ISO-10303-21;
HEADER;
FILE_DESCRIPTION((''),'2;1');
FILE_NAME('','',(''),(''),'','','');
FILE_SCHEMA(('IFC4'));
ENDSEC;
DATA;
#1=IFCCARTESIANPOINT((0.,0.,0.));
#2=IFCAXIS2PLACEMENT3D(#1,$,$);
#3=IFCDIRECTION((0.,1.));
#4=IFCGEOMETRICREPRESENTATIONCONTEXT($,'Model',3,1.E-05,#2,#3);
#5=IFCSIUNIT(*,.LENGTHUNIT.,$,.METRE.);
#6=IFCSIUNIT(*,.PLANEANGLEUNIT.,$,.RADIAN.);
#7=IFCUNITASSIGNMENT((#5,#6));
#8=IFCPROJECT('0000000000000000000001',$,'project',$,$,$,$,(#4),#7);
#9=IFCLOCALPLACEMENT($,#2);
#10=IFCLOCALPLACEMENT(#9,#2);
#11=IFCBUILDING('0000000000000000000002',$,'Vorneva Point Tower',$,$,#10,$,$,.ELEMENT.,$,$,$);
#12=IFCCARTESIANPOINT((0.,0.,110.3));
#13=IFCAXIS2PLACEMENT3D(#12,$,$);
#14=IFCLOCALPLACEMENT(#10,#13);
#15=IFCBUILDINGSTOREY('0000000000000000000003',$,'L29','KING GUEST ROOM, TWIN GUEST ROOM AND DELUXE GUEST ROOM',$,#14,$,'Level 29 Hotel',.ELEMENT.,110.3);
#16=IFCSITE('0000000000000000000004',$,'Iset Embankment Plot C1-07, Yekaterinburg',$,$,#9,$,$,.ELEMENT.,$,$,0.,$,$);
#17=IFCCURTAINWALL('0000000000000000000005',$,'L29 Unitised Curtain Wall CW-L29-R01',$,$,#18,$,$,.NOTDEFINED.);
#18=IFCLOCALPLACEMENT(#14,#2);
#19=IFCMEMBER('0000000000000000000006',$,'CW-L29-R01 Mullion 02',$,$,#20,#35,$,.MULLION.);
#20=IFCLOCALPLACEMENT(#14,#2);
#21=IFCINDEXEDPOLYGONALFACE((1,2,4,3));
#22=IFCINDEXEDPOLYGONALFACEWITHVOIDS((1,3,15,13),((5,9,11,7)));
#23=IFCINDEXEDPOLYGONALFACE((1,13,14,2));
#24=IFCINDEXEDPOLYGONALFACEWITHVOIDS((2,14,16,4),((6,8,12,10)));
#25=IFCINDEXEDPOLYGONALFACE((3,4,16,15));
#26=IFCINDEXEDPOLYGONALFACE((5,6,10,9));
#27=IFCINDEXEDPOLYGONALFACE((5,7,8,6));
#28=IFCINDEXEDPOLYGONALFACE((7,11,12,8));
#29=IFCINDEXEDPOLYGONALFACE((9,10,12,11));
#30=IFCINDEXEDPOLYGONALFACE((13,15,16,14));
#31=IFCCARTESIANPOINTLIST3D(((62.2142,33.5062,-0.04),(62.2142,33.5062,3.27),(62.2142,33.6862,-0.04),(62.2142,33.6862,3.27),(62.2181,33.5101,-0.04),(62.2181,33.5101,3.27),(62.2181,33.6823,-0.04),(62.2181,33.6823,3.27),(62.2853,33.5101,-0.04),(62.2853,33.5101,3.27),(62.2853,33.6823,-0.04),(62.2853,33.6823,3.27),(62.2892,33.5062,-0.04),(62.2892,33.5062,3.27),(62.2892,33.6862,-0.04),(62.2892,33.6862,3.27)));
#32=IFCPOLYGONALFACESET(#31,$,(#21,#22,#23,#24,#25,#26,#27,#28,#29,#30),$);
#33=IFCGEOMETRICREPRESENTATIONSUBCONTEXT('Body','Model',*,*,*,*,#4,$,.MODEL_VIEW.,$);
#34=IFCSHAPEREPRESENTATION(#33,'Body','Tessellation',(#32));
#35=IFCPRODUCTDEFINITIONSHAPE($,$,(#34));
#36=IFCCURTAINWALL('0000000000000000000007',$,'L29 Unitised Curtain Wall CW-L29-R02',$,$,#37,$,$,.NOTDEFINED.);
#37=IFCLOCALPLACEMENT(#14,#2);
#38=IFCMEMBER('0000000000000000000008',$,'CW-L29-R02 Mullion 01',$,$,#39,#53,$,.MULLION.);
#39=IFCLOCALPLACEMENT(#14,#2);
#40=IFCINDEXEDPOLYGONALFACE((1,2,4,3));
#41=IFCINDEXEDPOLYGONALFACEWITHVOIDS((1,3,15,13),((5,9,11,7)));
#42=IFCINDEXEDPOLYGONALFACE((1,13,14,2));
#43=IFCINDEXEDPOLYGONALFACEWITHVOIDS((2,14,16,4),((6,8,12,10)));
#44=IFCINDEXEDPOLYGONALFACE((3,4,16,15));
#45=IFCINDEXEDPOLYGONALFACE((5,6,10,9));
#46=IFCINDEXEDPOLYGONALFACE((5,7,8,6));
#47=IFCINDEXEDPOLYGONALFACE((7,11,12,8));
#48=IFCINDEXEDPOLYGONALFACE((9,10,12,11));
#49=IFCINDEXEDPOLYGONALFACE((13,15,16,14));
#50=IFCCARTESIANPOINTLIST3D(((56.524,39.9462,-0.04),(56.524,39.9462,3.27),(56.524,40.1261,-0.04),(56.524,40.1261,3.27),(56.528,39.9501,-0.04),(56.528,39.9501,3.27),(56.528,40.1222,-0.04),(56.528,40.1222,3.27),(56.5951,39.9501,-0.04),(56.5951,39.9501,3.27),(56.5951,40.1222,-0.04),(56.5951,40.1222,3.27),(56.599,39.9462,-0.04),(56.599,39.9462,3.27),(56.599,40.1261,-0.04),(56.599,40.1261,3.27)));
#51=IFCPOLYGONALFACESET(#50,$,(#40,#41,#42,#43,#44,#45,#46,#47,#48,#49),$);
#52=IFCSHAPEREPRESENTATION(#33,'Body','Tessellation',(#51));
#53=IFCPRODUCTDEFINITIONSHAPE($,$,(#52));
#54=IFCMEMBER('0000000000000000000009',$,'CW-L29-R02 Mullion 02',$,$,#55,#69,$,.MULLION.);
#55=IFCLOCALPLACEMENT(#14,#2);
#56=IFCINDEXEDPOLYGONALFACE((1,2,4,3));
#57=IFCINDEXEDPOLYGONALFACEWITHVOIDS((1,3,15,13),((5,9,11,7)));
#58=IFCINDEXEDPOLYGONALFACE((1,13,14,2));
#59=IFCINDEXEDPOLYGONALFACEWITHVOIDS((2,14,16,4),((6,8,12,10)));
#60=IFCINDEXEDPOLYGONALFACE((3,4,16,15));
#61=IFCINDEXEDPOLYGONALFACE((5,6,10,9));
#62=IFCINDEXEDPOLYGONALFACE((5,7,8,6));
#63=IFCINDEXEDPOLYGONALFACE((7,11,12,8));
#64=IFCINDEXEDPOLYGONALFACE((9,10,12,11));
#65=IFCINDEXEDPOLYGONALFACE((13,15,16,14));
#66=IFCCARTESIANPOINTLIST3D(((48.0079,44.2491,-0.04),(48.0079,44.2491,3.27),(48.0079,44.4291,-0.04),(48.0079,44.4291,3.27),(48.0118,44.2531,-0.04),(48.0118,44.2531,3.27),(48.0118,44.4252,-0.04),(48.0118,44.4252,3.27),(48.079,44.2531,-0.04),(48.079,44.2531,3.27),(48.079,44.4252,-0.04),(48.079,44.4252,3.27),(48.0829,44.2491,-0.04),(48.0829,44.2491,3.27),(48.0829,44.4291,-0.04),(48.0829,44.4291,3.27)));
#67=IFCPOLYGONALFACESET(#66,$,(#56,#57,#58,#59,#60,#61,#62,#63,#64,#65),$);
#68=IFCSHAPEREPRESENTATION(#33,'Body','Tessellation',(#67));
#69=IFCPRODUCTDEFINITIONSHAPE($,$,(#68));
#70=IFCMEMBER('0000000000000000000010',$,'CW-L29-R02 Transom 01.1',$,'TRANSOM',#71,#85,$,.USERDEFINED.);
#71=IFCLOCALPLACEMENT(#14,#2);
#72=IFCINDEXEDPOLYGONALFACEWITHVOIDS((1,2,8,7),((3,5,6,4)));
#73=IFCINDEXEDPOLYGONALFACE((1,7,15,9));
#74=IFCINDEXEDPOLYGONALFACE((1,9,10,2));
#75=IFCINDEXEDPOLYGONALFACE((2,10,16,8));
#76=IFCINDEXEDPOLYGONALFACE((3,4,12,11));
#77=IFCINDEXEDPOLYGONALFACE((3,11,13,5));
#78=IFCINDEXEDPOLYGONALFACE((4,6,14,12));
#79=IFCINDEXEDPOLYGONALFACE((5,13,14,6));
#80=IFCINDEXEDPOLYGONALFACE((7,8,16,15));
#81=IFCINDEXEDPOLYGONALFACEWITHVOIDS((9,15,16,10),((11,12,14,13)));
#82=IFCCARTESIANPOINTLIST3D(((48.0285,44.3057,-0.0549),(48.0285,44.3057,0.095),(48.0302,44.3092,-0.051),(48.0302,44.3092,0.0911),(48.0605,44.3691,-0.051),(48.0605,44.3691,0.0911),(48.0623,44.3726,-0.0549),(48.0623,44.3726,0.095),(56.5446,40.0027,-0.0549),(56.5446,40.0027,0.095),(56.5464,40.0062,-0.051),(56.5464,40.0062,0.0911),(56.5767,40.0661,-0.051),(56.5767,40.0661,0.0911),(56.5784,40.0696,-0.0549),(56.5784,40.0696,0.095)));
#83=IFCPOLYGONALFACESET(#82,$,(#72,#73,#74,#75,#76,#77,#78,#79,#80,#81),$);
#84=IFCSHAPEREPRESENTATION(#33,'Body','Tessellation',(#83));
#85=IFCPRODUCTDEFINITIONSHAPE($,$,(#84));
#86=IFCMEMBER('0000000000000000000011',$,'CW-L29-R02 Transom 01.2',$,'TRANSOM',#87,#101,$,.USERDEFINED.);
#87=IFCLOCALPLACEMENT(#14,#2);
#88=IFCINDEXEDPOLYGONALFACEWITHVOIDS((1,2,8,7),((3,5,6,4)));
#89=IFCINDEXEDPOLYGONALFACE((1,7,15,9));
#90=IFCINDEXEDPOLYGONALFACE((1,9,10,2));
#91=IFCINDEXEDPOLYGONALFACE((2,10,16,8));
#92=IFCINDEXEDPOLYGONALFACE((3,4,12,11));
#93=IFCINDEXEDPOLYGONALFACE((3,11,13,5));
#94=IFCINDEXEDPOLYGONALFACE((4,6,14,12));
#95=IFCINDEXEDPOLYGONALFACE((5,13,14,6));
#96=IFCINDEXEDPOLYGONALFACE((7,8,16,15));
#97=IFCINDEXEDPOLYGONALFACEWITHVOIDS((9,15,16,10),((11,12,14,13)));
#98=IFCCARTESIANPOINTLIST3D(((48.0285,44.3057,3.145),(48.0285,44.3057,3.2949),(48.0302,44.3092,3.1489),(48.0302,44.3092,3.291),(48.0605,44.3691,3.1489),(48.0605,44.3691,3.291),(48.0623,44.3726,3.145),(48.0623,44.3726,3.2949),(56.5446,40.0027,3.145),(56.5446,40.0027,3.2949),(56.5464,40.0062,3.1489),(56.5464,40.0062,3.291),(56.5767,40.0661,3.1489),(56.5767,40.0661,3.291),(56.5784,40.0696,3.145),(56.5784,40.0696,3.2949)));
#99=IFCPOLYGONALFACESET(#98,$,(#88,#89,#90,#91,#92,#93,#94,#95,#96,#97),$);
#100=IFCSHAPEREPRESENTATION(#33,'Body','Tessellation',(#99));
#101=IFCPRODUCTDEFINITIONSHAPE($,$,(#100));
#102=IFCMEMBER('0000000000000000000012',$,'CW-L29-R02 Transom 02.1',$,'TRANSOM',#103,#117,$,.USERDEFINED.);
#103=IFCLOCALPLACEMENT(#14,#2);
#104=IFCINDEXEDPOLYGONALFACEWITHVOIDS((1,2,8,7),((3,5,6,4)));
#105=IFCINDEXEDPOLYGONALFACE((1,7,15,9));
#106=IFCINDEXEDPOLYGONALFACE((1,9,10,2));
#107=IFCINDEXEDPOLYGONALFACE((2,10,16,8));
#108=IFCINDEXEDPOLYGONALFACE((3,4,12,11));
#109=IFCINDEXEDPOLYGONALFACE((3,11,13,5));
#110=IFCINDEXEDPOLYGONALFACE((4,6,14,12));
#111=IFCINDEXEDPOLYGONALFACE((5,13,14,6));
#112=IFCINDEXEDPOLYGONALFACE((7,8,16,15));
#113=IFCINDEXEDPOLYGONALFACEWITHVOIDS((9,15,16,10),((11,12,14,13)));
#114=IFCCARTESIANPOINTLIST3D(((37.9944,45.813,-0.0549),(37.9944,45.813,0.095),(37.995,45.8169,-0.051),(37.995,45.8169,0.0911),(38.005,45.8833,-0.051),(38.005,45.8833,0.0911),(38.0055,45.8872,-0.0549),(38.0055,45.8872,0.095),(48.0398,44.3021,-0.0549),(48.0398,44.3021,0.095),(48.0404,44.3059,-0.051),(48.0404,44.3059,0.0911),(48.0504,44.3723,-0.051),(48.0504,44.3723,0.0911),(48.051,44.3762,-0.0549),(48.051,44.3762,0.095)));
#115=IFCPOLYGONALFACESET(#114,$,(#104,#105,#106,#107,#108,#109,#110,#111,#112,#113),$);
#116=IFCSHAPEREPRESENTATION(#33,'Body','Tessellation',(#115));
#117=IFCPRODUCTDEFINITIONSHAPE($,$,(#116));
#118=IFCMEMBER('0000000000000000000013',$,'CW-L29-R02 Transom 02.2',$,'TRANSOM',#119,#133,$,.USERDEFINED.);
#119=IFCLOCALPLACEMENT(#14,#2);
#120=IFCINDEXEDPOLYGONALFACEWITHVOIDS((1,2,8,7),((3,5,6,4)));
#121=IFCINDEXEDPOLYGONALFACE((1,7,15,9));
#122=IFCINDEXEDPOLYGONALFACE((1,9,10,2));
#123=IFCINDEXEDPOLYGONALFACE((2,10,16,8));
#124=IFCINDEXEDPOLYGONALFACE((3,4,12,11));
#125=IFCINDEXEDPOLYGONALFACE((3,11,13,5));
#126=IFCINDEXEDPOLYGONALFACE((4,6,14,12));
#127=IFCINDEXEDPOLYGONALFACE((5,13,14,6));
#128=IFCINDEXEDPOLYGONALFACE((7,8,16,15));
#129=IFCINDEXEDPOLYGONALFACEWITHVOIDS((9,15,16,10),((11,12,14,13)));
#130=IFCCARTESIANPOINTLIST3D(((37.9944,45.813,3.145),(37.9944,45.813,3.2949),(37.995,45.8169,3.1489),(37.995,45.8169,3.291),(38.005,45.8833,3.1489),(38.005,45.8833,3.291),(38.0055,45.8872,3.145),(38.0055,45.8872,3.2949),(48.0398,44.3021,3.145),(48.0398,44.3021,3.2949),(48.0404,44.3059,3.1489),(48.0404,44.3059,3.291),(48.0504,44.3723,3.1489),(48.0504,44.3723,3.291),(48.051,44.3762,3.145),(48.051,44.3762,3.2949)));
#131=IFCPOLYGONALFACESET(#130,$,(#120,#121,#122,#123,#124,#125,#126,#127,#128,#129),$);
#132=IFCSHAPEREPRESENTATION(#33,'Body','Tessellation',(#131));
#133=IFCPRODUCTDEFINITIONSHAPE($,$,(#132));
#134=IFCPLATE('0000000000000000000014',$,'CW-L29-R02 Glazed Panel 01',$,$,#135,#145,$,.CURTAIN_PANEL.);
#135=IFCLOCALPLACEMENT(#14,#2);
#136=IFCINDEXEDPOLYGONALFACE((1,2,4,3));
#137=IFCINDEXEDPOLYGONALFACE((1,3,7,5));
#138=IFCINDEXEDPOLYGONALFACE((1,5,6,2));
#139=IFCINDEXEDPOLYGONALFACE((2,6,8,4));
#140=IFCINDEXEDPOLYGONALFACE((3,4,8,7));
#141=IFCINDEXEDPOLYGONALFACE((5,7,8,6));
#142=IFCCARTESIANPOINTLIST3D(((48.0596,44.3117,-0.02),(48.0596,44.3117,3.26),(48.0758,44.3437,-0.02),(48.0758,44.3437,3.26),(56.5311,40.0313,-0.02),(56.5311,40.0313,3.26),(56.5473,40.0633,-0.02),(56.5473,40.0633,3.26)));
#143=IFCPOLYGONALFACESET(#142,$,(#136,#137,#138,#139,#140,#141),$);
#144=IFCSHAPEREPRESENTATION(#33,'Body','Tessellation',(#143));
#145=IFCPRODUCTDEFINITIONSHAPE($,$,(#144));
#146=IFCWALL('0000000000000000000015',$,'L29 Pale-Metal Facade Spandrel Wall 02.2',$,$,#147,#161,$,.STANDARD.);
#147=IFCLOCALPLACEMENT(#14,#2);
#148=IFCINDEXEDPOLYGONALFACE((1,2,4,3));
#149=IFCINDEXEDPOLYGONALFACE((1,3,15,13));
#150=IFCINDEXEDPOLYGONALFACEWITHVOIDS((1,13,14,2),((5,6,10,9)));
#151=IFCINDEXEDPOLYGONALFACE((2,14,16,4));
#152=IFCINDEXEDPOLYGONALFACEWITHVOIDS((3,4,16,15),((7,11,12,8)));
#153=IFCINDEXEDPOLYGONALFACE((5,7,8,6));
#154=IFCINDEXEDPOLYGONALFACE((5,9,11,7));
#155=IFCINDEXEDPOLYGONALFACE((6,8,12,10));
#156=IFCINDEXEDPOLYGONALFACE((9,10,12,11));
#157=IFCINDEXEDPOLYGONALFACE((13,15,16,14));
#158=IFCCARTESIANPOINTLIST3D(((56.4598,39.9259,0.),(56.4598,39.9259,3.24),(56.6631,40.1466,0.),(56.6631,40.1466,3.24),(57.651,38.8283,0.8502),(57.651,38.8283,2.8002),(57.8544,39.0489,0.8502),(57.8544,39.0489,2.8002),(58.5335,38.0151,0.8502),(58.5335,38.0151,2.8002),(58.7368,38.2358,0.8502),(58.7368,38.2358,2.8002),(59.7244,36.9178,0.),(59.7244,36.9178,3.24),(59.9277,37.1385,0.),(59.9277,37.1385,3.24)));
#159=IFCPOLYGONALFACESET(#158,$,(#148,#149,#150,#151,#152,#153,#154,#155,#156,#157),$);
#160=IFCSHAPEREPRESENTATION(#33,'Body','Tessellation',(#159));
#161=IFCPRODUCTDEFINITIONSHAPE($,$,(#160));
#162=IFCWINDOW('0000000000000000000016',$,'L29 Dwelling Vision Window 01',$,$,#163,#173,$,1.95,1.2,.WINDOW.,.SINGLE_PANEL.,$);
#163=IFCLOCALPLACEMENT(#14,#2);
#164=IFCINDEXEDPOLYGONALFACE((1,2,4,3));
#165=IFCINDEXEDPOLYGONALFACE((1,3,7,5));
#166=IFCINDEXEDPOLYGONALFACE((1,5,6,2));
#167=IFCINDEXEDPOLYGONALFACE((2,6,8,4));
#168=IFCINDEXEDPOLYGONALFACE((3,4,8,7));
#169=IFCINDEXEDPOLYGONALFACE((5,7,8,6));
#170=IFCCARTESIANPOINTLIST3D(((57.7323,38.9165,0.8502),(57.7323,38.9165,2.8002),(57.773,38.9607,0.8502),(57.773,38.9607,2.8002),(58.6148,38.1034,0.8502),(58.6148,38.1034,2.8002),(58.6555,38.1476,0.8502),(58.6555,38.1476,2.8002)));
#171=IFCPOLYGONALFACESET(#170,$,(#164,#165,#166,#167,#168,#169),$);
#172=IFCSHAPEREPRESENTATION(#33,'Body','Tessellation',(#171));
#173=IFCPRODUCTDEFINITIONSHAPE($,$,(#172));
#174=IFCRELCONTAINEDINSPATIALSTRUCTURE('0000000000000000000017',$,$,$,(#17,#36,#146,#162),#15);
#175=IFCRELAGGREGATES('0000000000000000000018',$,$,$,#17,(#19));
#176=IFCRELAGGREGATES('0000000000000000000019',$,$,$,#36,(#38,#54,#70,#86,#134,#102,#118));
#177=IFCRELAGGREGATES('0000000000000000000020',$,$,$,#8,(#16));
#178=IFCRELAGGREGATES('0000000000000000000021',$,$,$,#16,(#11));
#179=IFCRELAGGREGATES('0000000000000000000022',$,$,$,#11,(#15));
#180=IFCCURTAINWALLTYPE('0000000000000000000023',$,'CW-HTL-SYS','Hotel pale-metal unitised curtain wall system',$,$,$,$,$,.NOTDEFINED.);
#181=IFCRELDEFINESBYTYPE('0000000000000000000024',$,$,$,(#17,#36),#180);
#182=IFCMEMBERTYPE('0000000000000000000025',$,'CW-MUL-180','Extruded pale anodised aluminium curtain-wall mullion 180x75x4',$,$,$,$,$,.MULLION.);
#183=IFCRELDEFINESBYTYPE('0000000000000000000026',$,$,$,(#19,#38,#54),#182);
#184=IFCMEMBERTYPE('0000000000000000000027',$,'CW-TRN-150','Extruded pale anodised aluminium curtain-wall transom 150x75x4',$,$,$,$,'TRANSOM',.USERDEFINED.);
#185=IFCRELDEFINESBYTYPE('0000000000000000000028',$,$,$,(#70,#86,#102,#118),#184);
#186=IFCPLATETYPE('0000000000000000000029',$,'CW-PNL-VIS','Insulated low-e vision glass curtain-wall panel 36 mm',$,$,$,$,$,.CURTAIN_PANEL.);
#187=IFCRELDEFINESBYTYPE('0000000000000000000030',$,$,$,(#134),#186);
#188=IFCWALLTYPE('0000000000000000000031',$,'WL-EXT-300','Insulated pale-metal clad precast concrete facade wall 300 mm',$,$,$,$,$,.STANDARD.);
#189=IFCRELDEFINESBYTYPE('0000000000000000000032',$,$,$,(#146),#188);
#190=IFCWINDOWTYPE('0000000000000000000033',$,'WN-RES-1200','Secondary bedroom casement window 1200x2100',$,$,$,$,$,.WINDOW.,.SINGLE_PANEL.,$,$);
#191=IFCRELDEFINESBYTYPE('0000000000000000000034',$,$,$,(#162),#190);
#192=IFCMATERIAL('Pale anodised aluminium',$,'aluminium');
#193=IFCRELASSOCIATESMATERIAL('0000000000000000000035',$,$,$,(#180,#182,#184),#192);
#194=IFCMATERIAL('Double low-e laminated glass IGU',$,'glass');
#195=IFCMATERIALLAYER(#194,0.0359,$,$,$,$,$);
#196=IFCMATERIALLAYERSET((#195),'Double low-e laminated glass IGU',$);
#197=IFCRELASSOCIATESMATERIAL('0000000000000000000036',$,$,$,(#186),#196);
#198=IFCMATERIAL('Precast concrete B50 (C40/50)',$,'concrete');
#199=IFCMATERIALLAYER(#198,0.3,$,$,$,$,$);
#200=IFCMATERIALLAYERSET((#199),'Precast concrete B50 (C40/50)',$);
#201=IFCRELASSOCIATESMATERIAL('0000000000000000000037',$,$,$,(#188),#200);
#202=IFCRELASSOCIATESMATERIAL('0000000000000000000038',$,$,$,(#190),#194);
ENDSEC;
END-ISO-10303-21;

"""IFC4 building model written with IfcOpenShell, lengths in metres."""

from ifc_helpers import new_model, si_unit, direction, frame, frame_2d, origin, origin_2d, place, context, subcontext, project, spatial, rectangle, hollow_rectangle, extrude, material, layer, layer_set, material_profile, profile_set, type_object, element, fill, aggregate, save


model = new_model("IFC4")

# Units and contexts
model_context = context("Model", 3, precision=1e-05, world=origin(), true_north=direction((0.0, 1.0)))
body_context = subcontext(model_context, "Body", "Model", "MODEL_VIEW")
ifc_project = project(units=[si_unit("LENGTHUNIT", "METRE"), si_unit("PLANEANGLEUNIT", "RADIAN")], contexts=[model_context])

# Site, building, storey
site_placement = place(None, origin())
site = spatial("IfcSite", under=ifc_project, at=site_placement, Name="Iset Embankment Plot C1-07, Yekaterinburg", CompositionType="ELEMENT", RefElevation=0.0)
building_placement = place(site_placement, origin())
building = spatial("IfcBuilding", under=site, at=building_placement, Name="Vorneva Point Tower", CompositionType="ELEMENT")
storey_placement = place(building_placement, frame((0.0, 0.0, 110.3)))
storey = spatial("IfcBuildingStorey", under=building, at=storey_placement, Name="L29", Description="KING GUEST ROOM, TWIN GUEST ROOM AND DELUXE GUEST ROOM", LongName="Level 29 Hotel", CompositionType="ELEMENT", Elevation=110.3)

# Curtain wall, member
ifc_material_1 = material(Name="Pale anodised aluminium", Category="aluminium")
curtain_wall_type = type_object("IfcCurtainWallType", Name="CW-HTL-SYS", Description="Hotel pale-metal unitised curtain wall system", PredefinedType="NOTDEFINED", material=ifc_material_1)
curtain_wall_1_placement = place(storey_placement, origin())
curtain_wall_1 = element("IfcCurtainWall", 1, at=curtain_wall_1_placement, inside=storey, type_object=curtain_wall_type, Name="L29 Unitised Curtain Wall CW-L29-R01", PredefinedType="NOTDEFINED")
ifc_material_profile_1 = material_profile(ifc_material_1, hollow_rectangle(XDim=0.075, YDim=0.1799, WallThickness=0.0039, at=origin_2d()), Name="AL-MUL 180x75x4")
ifc_profile_set_1 = profile_set([ifc_material_profile_1], Name="Pale anodised aluminium")
member_type_1 = type_object("IfcMemberType", Name="CW-MUL-180", Description="Extruded pale anodised aluminium curtain-wall mullion 180x75x4", PredefinedType="MULLION", material=ifc_profile_set_1)
member_1_placement = place(storey_placement, frame((62.2517, 33.5962, -0.04), z_axis=(0.0, 0.0, 1.0), x_axis=(1.0, 0.0, 0.0)))
member_1 = element("IfcMember", 2, at=member_1_placement, type_object=member_type_1, Name="CW-L29-R01 Mullion 02", PredefinedType="MULLION", context=body_context, shape_type="SweptSolid", body=[
    extrude(hollow_rectangle(XDim=0.075, YDim=0.1799, WallThickness=0.0039, at=origin_2d()), origin(), (0.0, 0.0, 1.0), 3.3101),
])
aggregate(curtain_wall_1, [member_1])

# Curtain wall, members, plate
curtain_wall_2_placement = place(storey_placement, origin())
curtain_wall_2 = element("IfcCurtainWall", 3, at=curtain_wall_2_placement, inside=storey, type_object=curtain_wall_type, Name="L29 Unitised Curtain Wall CW-L29-R02", PredefinedType="NOTDEFINED")
member_2_placement = place(storey_placement, frame((56.5615, 40.0361, -0.04), z_axis=(0.0, 0.0, 1.0), x_axis=(1.0, 0.0, 0.0)))
member_2 = element("IfcMember", 4, at=member_2_placement, type_object=member_type_1, Name="CW-L29-R02 Mullion 01", PredefinedType="MULLION", context=body_context, shape_type="SweptSolid", body=[
    extrude(hollow_rectangle(XDim=0.075, YDim=0.1799, WallThickness=0.0039, at=origin_2d()), origin(), (0.0, 0.0, 1.0), 3.3101),
])
member_3_placement = place(storey_placement, frame((48.0454, 44.3391, -0.04), z_axis=(0.0, 0.0, 1.0), x_axis=(1.0, 0.0, 0.0)))
member_3 = element("IfcMember", 5, at=member_3_placement, type_object=member_type_1, Name="CW-L29-R02 Mullion 02", PredefinedType="MULLION", context=body_context, shape_type="SweptSolid", body=[
    extrude(hollow_rectangle(XDim=0.075, YDim=0.1799, WallThickness=0.0039, at=origin_2d()), origin(), (0.0, 0.0, 1.0), 3.3101),
])
ifc_material_profile_2 = material_profile(ifc_material_1, hollow_rectangle(XDim=0.075, YDim=0.1499, WallThickness=0.0039, at=origin_2d()), Name="AL-TRN 150x75x4")
ifc_profile_set_2 = profile_set([ifc_material_profile_2], Name="Pale anodised aluminium")
member_type_2 = type_object("IfcMemberType", Name="CW-TRN-150", Description="Extruded pale anodised aluminium curtain-wall transom 150x75x4", ElementType="TRANSOM", PredefinedType="USERDEFINED", material=ifc_profile_set_2)
member_4_placement = place(storey_placement, frame((56.5615, 40.0361, 0.02), z_axis=(-0.892536, 0.450976, 0.0), x_axis=(-0.450976, -0.892536, 0.0)))
member_4 = element("IfcMember", 6, at=member_4_placement, type_object=member_type_2, Name="CW-L29-R02 Transom 01.1", ObjectType="TRANSOM", PredefinedType="USERDEFINED", context=body_context, shape_type="SweptSolid", body=[
    extrude(hollow_rectangle(XDim=0.075, YDim=0.1499, WallThickness=0.0039, at=origin_2d()), origin(), (0.0, 0.0, 1.0), 9.5415),
])
member_5_placement = place(storey_placement, frame((56.5615, 40.0361, 3.22), z_axis=(-0.892536, 0.450976, 0.0), x_axis=(-0.450976, -0.892536, 0.0)))
member_5 = element("IfcMember", 7, at=member_5_placement, type_object=member_type_2, Name="CW-L29-R02 Transom 01.2", ObjectType="TRANSOM", PredefinedType="USERDEFINED", context=body_context, shape_type="SweptSolid", body=[
    extrude(hollow_rectangle(XDim=0.075, YDim=0.1499, WallThickness=0.0039, at=origin_2d()), origin(), (0.0, 0.0, 1.0), 9.5415),
])
member_6_placement = place(storey_placement, frame((48.0454, 44.3391, 0.02), z_axis=(-0.988876, 0.148742, 0.0), x_axis=(-0.148742, -0.988876, 0.0)))
member_6 = element("IfcMember", 8, at=member_6_placement, type_object=member_type_2, Name="CW-L29-R02 Transom 02.1", ObjectType="TRANSOM", PredefinedType="USERDEFINED", context=body_context, shape_type="SweptSolid", body=[
    extrude(hollow_rectangle(XDim=0.075, YDim=0.1499, WallThickness=0.0039, at=origin_2d()), origin(), (0.0, 0.0, 1.0), 10.1584),
])
member_7_placement = place(storey_placement, frame((48.0454, 44.3391, 3.22), z_axis=(-0.988876, 0.148742, 0.0), x_axis=(-0.148742, -0.988876, 0.0)))
member_7 = element("IfcMember", 9, at=member_7_placement, type_object=member_type_2, Name="CW-L29-R02 Transom 02.2", ObjectType="TRANSOM", PredefinedType="USERDEFINED", context=body_context, shape_type="SweptSolid", body=[
    extrude(hollow_rectangle(XDim=0.075, YDim=0.1499, WallThickness=0.0039, at=origin_2d()), origin(), (0.0, 0.0, 1.0), 10.1584),
])
ifc_material_2 = material(Name="Double low-e laminated glass IGU", Category="glass")
ifc_layer_1 = layer(ifc_material_2, 0.0359)
ifc_layer_set_1 = layer_set([ifc_layer_1], Name="Double low-e laminated glass IGU")
plate_type = type_object("IfcPlateType", Name="CW-PNL-VIS", Description="Insulated low-e vision glass curtain-wall panel 36 mm", PredefinedType="CURTAIN_PANEL", material=ifc_layer_set_1)
plate_placement = place(storey_placement, frame((52.3035, 42.1875, -0.02), z_axis=(0.0, 0.0, 1.0), x_axis=(-0.892539, 0.450971, 0.0)))
plate = element("IfcPlate", 10, at=plate_placement, type_object=plate_type, Name="CW-L29-R02 Glazed Panel 01", PredefinedType="CURTAIN_PANEL", context=body_context, shape_type="SweptSolid", body=[
    extrude(rectangle(XDim=9.4915, YDim=0.0359, at=origin_2d()), origin(), (0.0, 0.0, 1.0), 3.28),
])
aggregate(curtain_wall_2, [member_2, member_3, member_4, member_5, plate, member_6, member_7])

# Wall, opening, window
ifc_material_3 = material(Name="Precast concrete B50 (C40/50)", Category="concrete")
ifc_layer_2 = layer(ifc_material_3, 0.3)
ifc_layer_set_2 = layer_set([ifc_layer_2], Name="Precast concrete B50 (C40/50)")
wall_type_1 = type_object("IfcWallType", Name="WL-EXT-300", Description="Insulated pale-metal clad precast concrete facade wall 300 mm", PredefinedType="STANDARD", material=ifc_layer_set_2)
wall_1_placement = place(storey_placement, frame((59.8262, 37.0281, 0.0), z_axis=(0.0, 0.0, 1.0), x_axis=(-0.735417, 0.677615, 0.0)))
wall_1 = element("IfcWall", 11, at=wall_1_placement, inside=storey, type_object=wall_type_1, Name="L29 Pale-Metal Facade Spandrel Wall 02.2", PredefinedType="STANDARD", context=body_context, shape_type="SweptSolid", body=[
    extrude(rectangle(XDim=4.4392, YDim=0.3, at=frame_2d((2.2197, 0.0))), origin(), (0.0, 0.0, 1.0), 3.24),
])
opening_1_placement = place(wall_1_placement, frame((1.6194, 0.0, 0.8501)))
opening_1 = element("IfcOpeningElement", 12, at=opening_1_placement, cuts=wall_1, PredefinedType="OPENING", context=body_context, shape_type="SweptSolid", body=[
    extrude(rectangle(XDim=1.2, YDim=1.95, at=frame_2d((0.6001, 0.9751))), frame((0.0, 0.165, 0.0), z_axis=(0.0, -1.0, 0.0), x_axis=(1.0, 0.0, 0.0)), (0.0, 0.0, 1.0), 0.3298),
])
window_type = type_object("IfcWindowType", Name="WN-RES-1200", Description="Secondary bedroom casement window 1200x2100", PartitioningType="SINGLE_PANEL", PredefinedType="WINDOW", material=ifc_material_2)
window_placement = place(opening_1_placement, origin())
window = element("IfcWindow", 13, at=window_placement, inside=storey, type_object=window_type, Name="L29 Dwelling Vision Window 01", OverallHeight=1.95, OverallWidth=1.2, PartitioningType="SINGLE_PANEL", PredefinedType="WINDOW", context=body_context, shape_type="SweptSolid", body=[
    extrude(rectangle(XDim=1.2, YDim=1.95, at=frame_2d((0.6001, 0.9751))), frame((0.0, 0.03, 0.0), z_axis=(0.0, -1.0, 0.0), x_axis=(1.0, 0.0, 0.0)), (0.0, 0.0, 1.0), 0.0601),
])
fill(opening_1, window)

save(model, "model.ifc")
